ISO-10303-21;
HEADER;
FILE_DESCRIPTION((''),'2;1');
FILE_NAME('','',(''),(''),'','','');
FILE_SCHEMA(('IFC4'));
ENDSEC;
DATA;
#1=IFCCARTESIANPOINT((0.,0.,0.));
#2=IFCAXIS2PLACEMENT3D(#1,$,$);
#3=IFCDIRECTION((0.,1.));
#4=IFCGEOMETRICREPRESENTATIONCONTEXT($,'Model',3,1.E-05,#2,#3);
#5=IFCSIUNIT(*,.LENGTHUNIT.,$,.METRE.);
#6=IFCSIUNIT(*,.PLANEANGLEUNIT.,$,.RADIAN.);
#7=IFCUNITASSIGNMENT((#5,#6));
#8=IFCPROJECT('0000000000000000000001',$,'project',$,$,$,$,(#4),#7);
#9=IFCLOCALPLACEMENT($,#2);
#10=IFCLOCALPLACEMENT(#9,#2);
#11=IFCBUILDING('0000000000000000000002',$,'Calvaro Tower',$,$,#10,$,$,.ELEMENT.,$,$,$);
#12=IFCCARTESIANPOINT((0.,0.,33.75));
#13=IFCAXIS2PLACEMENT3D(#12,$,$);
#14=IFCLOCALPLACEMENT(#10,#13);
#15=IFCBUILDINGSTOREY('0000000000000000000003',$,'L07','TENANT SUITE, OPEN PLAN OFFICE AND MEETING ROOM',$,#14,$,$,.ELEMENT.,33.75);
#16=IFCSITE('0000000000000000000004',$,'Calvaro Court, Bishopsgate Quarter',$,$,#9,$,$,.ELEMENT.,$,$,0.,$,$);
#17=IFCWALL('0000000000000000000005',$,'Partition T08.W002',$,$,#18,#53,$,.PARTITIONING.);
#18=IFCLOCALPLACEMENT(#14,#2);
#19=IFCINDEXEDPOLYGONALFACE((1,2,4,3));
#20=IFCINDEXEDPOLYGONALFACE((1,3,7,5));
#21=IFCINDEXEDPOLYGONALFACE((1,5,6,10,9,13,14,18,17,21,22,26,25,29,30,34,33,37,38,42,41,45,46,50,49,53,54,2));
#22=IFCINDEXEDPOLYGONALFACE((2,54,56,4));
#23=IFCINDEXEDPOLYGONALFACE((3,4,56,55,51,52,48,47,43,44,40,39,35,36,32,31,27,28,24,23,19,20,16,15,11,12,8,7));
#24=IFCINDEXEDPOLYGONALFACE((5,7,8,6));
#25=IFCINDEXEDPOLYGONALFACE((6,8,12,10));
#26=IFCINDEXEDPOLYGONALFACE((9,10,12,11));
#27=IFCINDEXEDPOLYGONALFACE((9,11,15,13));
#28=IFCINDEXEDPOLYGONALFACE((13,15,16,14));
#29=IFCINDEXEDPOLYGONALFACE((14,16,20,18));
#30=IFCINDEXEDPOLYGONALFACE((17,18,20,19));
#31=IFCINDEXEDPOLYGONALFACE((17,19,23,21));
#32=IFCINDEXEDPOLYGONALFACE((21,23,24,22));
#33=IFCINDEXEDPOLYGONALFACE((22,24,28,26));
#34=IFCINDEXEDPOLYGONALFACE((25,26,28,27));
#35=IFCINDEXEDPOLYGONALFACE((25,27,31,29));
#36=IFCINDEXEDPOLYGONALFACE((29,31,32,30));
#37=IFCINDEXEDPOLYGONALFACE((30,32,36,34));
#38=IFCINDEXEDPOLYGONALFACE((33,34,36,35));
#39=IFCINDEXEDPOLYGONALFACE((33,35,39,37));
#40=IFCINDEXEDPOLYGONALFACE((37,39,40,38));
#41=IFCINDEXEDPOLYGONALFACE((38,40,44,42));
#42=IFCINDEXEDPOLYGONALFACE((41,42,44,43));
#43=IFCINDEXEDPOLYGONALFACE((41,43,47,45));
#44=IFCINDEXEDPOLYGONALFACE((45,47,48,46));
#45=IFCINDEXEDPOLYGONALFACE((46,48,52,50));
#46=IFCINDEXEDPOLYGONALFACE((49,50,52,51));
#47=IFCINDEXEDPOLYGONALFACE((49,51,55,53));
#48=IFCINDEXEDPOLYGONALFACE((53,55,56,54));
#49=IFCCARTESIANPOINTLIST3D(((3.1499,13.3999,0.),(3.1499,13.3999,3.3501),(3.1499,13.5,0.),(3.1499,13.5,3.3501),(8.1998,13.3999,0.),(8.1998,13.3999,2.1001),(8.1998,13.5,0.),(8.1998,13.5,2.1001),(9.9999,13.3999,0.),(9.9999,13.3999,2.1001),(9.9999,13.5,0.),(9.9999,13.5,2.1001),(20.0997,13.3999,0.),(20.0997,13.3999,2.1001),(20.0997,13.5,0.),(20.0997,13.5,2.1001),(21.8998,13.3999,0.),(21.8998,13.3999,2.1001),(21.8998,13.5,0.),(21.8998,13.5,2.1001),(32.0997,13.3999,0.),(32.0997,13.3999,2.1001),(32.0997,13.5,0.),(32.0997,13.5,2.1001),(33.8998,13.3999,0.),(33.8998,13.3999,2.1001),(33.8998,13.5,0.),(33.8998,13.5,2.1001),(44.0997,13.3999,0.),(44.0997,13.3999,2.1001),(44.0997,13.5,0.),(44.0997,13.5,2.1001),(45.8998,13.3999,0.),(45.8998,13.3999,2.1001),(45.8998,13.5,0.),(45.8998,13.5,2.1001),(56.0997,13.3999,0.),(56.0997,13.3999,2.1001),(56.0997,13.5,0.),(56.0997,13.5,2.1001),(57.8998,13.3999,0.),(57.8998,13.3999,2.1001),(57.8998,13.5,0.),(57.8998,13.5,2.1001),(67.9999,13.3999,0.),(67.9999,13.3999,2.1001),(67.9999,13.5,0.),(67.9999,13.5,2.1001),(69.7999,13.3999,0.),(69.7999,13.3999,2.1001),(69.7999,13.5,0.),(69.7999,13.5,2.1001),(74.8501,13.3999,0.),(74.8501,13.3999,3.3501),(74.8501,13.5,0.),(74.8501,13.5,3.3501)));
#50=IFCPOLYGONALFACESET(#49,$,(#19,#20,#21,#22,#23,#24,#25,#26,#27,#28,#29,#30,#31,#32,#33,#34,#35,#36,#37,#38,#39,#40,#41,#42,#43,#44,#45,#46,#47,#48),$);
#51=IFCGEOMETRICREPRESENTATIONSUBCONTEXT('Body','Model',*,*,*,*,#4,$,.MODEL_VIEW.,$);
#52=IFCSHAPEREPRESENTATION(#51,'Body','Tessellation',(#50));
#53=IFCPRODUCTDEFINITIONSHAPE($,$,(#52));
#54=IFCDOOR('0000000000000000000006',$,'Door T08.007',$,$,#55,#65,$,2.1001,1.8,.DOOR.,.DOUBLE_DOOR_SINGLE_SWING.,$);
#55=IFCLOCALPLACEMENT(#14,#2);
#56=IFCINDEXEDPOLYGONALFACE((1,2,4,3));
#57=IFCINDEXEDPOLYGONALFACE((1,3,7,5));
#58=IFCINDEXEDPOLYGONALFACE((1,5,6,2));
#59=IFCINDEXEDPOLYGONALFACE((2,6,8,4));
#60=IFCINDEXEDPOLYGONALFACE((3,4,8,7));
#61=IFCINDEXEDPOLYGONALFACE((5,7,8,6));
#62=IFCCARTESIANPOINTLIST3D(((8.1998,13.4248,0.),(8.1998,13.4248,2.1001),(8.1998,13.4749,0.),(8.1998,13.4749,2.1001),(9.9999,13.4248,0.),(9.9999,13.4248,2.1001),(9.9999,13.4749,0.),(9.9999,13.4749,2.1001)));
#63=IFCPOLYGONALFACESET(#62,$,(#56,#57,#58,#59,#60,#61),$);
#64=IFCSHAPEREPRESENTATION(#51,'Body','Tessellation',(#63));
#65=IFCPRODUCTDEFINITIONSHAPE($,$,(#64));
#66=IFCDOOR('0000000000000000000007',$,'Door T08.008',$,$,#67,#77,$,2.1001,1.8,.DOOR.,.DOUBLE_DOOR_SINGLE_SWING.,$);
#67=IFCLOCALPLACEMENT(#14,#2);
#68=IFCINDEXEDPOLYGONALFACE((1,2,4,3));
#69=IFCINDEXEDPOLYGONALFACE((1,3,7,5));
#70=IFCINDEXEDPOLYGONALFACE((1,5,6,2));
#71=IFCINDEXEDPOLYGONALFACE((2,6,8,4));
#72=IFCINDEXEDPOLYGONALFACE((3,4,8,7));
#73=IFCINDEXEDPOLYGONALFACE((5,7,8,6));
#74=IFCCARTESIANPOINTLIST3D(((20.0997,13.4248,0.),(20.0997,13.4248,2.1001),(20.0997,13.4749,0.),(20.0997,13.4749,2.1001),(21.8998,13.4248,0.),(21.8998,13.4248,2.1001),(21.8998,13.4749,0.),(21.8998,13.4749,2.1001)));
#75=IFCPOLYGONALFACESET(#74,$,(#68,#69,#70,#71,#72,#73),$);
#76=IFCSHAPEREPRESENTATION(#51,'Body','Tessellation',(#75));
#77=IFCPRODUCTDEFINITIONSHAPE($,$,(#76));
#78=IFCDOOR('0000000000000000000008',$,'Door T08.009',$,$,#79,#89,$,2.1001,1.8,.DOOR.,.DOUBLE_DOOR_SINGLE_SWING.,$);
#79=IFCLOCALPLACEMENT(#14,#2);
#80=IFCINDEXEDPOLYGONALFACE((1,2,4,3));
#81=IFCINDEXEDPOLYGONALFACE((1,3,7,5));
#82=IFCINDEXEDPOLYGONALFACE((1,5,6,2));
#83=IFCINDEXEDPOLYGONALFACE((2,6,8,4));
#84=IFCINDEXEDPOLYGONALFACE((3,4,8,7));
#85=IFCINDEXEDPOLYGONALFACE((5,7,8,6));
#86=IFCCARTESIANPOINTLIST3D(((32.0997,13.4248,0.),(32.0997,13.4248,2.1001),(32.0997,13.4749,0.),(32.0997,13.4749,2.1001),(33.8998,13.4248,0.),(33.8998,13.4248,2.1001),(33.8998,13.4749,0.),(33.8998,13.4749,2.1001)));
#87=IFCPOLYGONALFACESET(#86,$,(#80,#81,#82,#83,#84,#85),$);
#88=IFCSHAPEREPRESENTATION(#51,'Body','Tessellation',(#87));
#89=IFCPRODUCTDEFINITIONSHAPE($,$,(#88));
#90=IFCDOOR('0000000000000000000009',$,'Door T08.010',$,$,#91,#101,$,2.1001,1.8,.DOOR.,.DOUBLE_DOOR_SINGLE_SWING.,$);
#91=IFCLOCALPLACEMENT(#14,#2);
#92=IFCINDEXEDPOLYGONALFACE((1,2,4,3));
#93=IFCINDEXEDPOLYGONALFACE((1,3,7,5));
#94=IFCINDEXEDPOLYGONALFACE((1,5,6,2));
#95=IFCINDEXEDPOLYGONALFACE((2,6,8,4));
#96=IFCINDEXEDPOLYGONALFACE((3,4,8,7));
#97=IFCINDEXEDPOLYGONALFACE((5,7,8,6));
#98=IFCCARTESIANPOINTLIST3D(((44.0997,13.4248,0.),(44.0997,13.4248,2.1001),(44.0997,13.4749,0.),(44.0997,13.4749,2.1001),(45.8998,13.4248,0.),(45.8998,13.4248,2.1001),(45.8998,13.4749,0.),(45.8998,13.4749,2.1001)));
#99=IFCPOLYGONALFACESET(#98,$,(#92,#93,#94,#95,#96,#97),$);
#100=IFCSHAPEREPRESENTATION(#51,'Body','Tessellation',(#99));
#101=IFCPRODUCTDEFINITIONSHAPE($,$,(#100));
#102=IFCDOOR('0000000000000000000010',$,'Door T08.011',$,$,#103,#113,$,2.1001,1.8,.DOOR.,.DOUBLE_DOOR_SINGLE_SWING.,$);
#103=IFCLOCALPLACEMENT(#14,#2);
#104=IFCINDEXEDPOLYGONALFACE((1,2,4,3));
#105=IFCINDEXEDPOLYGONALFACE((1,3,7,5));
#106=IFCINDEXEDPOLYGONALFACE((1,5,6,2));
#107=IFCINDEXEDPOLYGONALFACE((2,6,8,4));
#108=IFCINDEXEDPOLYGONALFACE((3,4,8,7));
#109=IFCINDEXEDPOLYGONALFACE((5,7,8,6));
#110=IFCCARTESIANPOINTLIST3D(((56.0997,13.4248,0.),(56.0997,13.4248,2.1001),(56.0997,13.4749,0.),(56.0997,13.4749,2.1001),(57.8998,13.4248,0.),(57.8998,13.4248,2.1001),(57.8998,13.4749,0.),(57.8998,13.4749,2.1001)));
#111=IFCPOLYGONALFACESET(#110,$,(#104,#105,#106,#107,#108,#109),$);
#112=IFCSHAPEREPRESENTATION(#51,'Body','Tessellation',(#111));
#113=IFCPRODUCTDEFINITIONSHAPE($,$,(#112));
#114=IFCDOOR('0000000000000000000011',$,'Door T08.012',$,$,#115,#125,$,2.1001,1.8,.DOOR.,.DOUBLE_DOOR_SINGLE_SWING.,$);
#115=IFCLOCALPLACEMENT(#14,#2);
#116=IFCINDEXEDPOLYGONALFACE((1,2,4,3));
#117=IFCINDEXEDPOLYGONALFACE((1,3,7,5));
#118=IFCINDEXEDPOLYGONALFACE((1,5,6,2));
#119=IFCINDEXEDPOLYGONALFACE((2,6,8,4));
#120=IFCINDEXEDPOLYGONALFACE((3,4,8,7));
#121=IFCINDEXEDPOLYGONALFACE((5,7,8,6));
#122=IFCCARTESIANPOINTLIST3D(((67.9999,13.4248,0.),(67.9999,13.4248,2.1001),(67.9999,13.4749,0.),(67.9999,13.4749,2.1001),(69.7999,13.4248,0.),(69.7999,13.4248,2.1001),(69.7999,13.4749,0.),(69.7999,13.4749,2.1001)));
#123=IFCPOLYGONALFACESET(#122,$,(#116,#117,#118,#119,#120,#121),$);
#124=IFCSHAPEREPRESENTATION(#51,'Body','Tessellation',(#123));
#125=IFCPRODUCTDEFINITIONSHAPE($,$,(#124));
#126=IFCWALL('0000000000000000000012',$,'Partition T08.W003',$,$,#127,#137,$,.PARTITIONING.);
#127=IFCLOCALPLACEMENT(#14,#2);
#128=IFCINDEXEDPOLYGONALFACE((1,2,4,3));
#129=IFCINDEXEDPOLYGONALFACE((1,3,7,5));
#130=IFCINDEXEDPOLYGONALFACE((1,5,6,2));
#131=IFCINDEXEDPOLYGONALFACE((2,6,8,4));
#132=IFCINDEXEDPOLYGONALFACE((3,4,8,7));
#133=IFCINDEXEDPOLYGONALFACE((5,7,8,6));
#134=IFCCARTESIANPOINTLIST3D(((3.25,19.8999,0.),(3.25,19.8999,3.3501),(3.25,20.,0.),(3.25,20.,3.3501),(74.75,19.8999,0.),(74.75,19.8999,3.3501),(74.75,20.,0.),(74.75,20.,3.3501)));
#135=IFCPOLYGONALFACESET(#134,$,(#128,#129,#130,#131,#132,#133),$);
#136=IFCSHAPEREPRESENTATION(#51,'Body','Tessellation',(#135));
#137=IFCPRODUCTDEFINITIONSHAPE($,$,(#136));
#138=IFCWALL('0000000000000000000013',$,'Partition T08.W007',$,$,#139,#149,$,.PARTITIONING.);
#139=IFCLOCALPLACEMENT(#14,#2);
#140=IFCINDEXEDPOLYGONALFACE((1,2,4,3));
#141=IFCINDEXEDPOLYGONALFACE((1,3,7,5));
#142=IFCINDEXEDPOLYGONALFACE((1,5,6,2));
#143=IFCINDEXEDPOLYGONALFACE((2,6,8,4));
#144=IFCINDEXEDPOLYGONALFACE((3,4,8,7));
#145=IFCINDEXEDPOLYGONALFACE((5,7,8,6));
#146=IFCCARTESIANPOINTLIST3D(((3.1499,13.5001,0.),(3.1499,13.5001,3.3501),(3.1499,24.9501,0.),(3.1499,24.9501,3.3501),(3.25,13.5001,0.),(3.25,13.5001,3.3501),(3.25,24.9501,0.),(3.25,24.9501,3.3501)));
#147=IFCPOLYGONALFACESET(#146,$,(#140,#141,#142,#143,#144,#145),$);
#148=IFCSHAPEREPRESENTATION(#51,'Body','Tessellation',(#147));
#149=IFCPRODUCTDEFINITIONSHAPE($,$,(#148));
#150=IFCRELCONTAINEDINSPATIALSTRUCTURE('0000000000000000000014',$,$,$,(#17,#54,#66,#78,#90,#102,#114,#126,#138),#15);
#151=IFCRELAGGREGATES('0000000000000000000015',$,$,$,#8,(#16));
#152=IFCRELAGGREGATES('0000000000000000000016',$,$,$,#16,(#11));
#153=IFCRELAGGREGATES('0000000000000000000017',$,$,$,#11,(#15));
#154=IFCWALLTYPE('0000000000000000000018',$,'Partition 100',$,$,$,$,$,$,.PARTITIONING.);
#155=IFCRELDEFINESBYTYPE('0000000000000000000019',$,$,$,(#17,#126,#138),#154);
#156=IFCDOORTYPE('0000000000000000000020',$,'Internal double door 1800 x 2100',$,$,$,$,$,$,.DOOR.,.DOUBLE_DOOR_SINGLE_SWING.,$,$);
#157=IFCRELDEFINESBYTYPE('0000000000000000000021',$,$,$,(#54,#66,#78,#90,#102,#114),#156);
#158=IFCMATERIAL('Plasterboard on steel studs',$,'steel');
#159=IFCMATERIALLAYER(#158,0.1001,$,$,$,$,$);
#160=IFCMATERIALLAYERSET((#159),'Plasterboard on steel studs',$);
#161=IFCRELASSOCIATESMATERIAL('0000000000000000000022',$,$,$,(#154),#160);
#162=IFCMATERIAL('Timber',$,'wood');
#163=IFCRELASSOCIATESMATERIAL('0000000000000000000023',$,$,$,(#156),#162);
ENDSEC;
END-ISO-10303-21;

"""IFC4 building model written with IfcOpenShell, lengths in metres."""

from ifc_helpers import new_model, si_unit, direction, frame, frame_2d, origin, place, context, subcontext, project, spatial, rectangle, extrude, material, layer, layer_set, type_object, element, fill, save


model = new_model("IFC4")

# Units and contexts
model_context = context("Model", 3, precision=1e-05, world=origin(), true_north=direction((0.0, 1.0)))
body_context = subcontext(model_context, "Body", "Model", "MODEL_VIEW")
ifc_project = project(units=[si_unit("LENGTHUNIT", "METRE"), si_unit("PLANEANGLEUNIT", "RADIAN")], contexts=[model_context])

# Site, building, storey
site_placement = place(None, origin())
site = spatial("IfcSite", under=ifc_project, at=site_placement, Name="Calvaro Court, Bishopsgate Quarter", CompositionType="ELEMENT", RefElevation=0.0)
building_placement = place(site_placement, origin())
building = spatial("IfcBuilding", under=site, at=building_placement, Name="Calvaro Tower", CompositionType="ELEMENT")
storey_placement = place(building_placement, frame((0.0, 0.0, 33.75)))
storey = spatial("IfcBuildingStorey", under=building, at=storey_placement, Name="L07", Description="TENANT SUITE, OPEN PLAN OFFICE AND MEETING ROOM", CompositionType="ELEMENT", Elevation=33.75)

# Wall, openings, doors
ifc_material_1 = material(Name="Plasterboard on steel studs", Category="steel")
ifc_layer = layer(ifc_material_1, 0.1001)
ifc_layer_set = layer_set([ifc_layer], Name="Plasterboard on steel studs")
wall_type = type_object("IfcWallType", Name="Partition 100", PredefinedType="PARTITIONING", material=ifc_layer_set)
wall_1_placement = place(storey_placement, frame((3.1499, 13.45, 0.0), z_axis=(0.0, 0.0, 1.0), x_axis=(1.0, 0.0, 0.0)))
wall_1 = element("IfcWall", 1, at=wall_1_placement, inside=storey, type_object=wall_type, Name="Partition T08.W002", PredefinedType="PARTITIONING", context=body_context, shape_type="SweptSolid", body=[
    extrude(rectangle(XDim=71.7002, YDim=0.1001, at=frame_2d((35.8501, 0.0))), origin(), (0.0, 0.0, 1.0), 3.3501),
])
opening_1_placement = place(wall_1_placement, frame((5.05, 0.0, 0.0)))
opening_1 = element("IfcOpeningElement", 2, at=opening_1_placement, cuts=wall_1, PredefinedType="OPENING", context=body_context, shape_type="SweptSolid", body=[
    extrude(rectangle(XDim=1.8, YDim=2.1001, at=frame_2d((0.8999, 1.05))), frame((0.0, 0.0601, 0.0), z_axis=(0.0, -1.0, 0.0), x_axis=(1.0, 0.0, 0.0)), (0.0, 0.0, 1.0), 0.1201),
])
opening_2_placement = place(wall_1_placement, frame((16.95, 0.0, 0.0)))
opening_2 = element("IfcOpeningElement", 3, at=opening_2_placement, cuts=wall_1, PredefinedType="OPENING", context=body_context, shape_type="SweptSolid", body=[
    extrude(rectangle(XDim=1.8, YDim=2.1001, at=frame_2d((0.8999, 1.05))), frame((0.0, 0.0601, 0.0), z_axis=(0.0, -1.0, 0.0), x_axis=(1.0, 0.0, 0.0)), (0.0, 0.0, 1.0), 0.1201),
])
opening_3_placement = place(wall_1_placement, frame((28.95, 0.0, 0.0)))
opening_3 = element("IfcOpeningElement", 4, at=opening_3_placement, cuts=wall_1, PredefinedType="OPENING", context=body_context, shape_type="SweptSolid", body=[
    extrude(rectangle(XDim=1.8, YDim=2.1001, at=frame_2d((0.8999, 1.05))), frame((0.0, 0.0601, 0.0), z_axis=(0.0, -1.0, 0.0), x_axis=(1.0, 0.0, 0.0)), (0.0, 0.0, 1.0), 0.1201),
])
opening_4_placement = place(wall_1_placement, frame((40.95, 0.0, 0.0)))
opening_4 = element("IfcOpeningElement", 5, at=opening_4_placement, cuts=wall_1, PredefinedType="OPENING", context=body_context, shape_type="SweptSolid", body=[
    extrude(rectangle(XDim=1.8, YDim=2.1001, at=frame_2d((0.8999, 1.05))), frame((0.0, 0.0601, 0.0), z_axis=(0.0, -1.0, 0.0), x_axis=(1.0, 0.0, 0.0)), (0.0, 0.0, 1.0), 0.1201),
])
opening_5_placement = place(wall_1_placement, frame((52.95, 0.0, 0.0)))
opening_5 = element("IfcOpeningElement", 6, at=opening_5_placement, cuts=wall_1, PredefinedType="OPENING", context=body_context, shape_type="SweptSolid", body=[
    extrude(rectangle(XDim=1.8, YDim=2.1001, at=frame_2d((0.8999, 1.05))), frame((0.0, 0.0601, 0.0), z_axis=(0.0, -1.0, 0.0), x_axis=(1.0, 0.0, 0.0)), (0.0, 0.0, 1.0), 0.1201),
])
opening_6_placement = place(wall_1_placement, frame((64.8501, 0.0, 0.0)))
opening_6 = element("IfcOpeningElement", 7, at=opening_6_placement, cuts=wall_1, PredefinedType="OPENING", context=body_context, shape_type="SweptSolid", body=[
    extrude(rectangle(XDim=1.8, YDim=2.1001, at=frame_2d((0.8999, 1.05))), frame((0.0, 0.0601, 0.0), z_axis=(0.0, -1.0, 0.0), x_axis=(1.0, 0.0, 0.0)), (0.0, 0.0, 1.0), 0.1201),
])
ifc_material_2 = material(Name="Timber", Category="wood")
door_type_1 = type_object("IfcDoorType", Name="Internal double door 1800 x 2100", OperationType="DOUBLE_DOOR_SINGLE_SWING", PredefinedType="DOOR", material=ifc_material_2)
door_1_placement = place(opening_1_placement, origin())
door_1 = element("IfcDoor", 8, at=door_1_placement, inside=storey, type_object=door_type_1, Name="Door T08.007", OperationType="DOUBLE_DOOR_SINGLE_SWING", OverallHeight=2.1001, OverallWidth=1.8, PredefinedType="DOOR", context=body_context, shape_type="SweptSolid", body=[
    extrude(rectangle(XDim=1.8, YDim=2.1001, at=frame_2d((0.8999, 1.05))), frame((0.0, 0.0249, 0.0), z_axis=(0.0, -1.0, 0.0), x_axis=(1.0, 0.0, 0.0)), (0.0, 0.0, 1.0), 0.05),
])
fill(opening_1, door_1)
door_2_placement = place(opening_2_placement, origin())
door_2 = element("IfcDoor", 9, at=door_2_placement, inside=storey, type_object=door_type_1, Name="Door T08.008", OperationType="DOUBLE_DOOR_SINGLE_SWING", OverallHeight=2.1001, OverallWidth=1.8, PredefinedType="DOOR", context=body_context, shape_type="SweptSolid", body=[
    extrude(rectangle(XDim=1.8, YDim=2.1001, at=frame_2d((0.8999, 1.05))), frame((0.0, 0.0249, 0.0), z_axis=(0.0, -1.0, 0.0), x_axis=(1.0, 0.0, 0.0)), (0.0, 0.0, 1.0), 0.05),
])
fill(opening_2, door_2)
door_3_placement = place(opening_3_placement, origin())
door_3 = element("IfcDoor", 10, at=door_3_placement, inside=storey, type_object=door_type_1, Name="Door T08.009", OperationType="DOUBLE_DOOR_SINGLE_SWING", OverallHeight=2.1001, OverallWidth=1.8, PredefinedType="DOOR", context=body_context, shape_type="SweptSolid", body=[
    extrude(rectangle(XDim=1.8, YDim=2.1001, at=frame_2d((0.8999, 1.05))), frame((0.0, 0.0249, 0.0), z_axis=(0.0, -1.0, 0.0), x_axis=(1.0, 0.0, 0.0)), (0.0, 0.0, 1.0), 0.05),
])
fill(opening_3, door_3)
door_4_placement = place(opening_4_placement, origin())
door_4 = element("IfcDoor", 11, at=door_4_placement, inside=storey, type_object=door_type_1, Name="Door T08.010", OperationType="DOUBLE_DOOR_SINGLE_SWING", OverallHeight=2.1001, OverallWidth=1.8, PredefinedType="DOOR", context=body_context, shape_type="SweptSolid", body=[
    extrude(rectangle(XDim=1.8, YDim=2.1001, at=frame_2d((0.8999, 1.05))), frame((0.0, 0.0249, 0.0), z_axis=(0.0, -1.0, 0.0), x_axis=(1.0, 0.0, 0.0)), (0.0, 0.0, 1.0), 0.05),
])
fill(opening_4, door_4)
door_5_placement = place(opening_5_placement, origin())
door_5 = element("IfcDoor", 12, at=door_5_placement, inside=storey, type_object=door_type_1, Name="Door T08.011", OperationType="DOUBLE_DOOR_SINGLE_SWING", OverallHeight=2.1001, OverallWidth=1.8, PredefinedType="DOOR", context=body_context, shape_type="SweptSolid", body=[
    extrude(rectangle(XDim=1.8, YDim=2.1001, at=frame_2d((0.8999, 1.05))), frame((0.0, 0.0249, 0.0), z_axis=(0.0, -1.0, 0.0), x_axis=(1.0, 0.0, 0.0)), (0.0, 0.0, 1.0), 0.05),
])
fill(opening_5, door_5)
door_6_placement = place(opening_6_placement, origin())
door_6 = element("IfcDoor", 13, at=door_6_placement, inside=storey, type_object=door_type_1, Name="Door T08.012", OperationType="DOUBLE_DOOR_SINGLE_SWING", OverallHeight=2.1001, OverallWidth=1.8, PredefinedType="DOOR", context=body_context, shape_type="SweptSolid", body=[
    extrude(rectangle(XDim=1.8, YDim=2.1001, at=frame_2d((0.8999, 1.05))), frame((0.0, 0.0249, 0.0), z_axis=(0.0, -1.0, 0.0), x_axis=(1.0, 0.0, 0.0)), (0.0, 0.0, 1.0), 0.05),
])
fill(opening_6, door_6)

# Walls
wall_2_placement = place(storey_placement, frame((3.25, 19.95, 0.0), z_axis=(0.0, 0.0, 1.0), x_axis=(1.0, 0.0, 0.0)))
element("IfcWall", 14, at=wall_2_placement, inside=storey, type_object=wall_type, Name="Partition T08.W003", PredefinedType="PARTITIONING", context=body_context, shape_type="SweptSolid", body=[
    extrude(rectangle(XDim=71.5, YDim=0.1001, at=frame_2d((35.75, 0.0))), origin(), (0.0, 0.0, 1.0), 3.3501),
])
wall_3_placement = place(storey_placement, frame((3.2, 13.5, 0.0), z_axis=(0.0, 0.0, 1.0), x_axis=(0.0, 1.0, 0.0)))
element("IfcWall", 15, at=wall_3_placement, inside=storey, type_object=wall_type, Name="Partition T08.W007", PredefinedType="PARTITIONING", context=body_context, shape_type="SweptSolid", body=[
    extrude(rectangle(XDim=11.45, YDim=0.1001, at=frame_2d((5.7251, 0.0))), origin(), (0.0, 0.0, 1.0), 3.3501),
])

save(model, "model.ifc")
